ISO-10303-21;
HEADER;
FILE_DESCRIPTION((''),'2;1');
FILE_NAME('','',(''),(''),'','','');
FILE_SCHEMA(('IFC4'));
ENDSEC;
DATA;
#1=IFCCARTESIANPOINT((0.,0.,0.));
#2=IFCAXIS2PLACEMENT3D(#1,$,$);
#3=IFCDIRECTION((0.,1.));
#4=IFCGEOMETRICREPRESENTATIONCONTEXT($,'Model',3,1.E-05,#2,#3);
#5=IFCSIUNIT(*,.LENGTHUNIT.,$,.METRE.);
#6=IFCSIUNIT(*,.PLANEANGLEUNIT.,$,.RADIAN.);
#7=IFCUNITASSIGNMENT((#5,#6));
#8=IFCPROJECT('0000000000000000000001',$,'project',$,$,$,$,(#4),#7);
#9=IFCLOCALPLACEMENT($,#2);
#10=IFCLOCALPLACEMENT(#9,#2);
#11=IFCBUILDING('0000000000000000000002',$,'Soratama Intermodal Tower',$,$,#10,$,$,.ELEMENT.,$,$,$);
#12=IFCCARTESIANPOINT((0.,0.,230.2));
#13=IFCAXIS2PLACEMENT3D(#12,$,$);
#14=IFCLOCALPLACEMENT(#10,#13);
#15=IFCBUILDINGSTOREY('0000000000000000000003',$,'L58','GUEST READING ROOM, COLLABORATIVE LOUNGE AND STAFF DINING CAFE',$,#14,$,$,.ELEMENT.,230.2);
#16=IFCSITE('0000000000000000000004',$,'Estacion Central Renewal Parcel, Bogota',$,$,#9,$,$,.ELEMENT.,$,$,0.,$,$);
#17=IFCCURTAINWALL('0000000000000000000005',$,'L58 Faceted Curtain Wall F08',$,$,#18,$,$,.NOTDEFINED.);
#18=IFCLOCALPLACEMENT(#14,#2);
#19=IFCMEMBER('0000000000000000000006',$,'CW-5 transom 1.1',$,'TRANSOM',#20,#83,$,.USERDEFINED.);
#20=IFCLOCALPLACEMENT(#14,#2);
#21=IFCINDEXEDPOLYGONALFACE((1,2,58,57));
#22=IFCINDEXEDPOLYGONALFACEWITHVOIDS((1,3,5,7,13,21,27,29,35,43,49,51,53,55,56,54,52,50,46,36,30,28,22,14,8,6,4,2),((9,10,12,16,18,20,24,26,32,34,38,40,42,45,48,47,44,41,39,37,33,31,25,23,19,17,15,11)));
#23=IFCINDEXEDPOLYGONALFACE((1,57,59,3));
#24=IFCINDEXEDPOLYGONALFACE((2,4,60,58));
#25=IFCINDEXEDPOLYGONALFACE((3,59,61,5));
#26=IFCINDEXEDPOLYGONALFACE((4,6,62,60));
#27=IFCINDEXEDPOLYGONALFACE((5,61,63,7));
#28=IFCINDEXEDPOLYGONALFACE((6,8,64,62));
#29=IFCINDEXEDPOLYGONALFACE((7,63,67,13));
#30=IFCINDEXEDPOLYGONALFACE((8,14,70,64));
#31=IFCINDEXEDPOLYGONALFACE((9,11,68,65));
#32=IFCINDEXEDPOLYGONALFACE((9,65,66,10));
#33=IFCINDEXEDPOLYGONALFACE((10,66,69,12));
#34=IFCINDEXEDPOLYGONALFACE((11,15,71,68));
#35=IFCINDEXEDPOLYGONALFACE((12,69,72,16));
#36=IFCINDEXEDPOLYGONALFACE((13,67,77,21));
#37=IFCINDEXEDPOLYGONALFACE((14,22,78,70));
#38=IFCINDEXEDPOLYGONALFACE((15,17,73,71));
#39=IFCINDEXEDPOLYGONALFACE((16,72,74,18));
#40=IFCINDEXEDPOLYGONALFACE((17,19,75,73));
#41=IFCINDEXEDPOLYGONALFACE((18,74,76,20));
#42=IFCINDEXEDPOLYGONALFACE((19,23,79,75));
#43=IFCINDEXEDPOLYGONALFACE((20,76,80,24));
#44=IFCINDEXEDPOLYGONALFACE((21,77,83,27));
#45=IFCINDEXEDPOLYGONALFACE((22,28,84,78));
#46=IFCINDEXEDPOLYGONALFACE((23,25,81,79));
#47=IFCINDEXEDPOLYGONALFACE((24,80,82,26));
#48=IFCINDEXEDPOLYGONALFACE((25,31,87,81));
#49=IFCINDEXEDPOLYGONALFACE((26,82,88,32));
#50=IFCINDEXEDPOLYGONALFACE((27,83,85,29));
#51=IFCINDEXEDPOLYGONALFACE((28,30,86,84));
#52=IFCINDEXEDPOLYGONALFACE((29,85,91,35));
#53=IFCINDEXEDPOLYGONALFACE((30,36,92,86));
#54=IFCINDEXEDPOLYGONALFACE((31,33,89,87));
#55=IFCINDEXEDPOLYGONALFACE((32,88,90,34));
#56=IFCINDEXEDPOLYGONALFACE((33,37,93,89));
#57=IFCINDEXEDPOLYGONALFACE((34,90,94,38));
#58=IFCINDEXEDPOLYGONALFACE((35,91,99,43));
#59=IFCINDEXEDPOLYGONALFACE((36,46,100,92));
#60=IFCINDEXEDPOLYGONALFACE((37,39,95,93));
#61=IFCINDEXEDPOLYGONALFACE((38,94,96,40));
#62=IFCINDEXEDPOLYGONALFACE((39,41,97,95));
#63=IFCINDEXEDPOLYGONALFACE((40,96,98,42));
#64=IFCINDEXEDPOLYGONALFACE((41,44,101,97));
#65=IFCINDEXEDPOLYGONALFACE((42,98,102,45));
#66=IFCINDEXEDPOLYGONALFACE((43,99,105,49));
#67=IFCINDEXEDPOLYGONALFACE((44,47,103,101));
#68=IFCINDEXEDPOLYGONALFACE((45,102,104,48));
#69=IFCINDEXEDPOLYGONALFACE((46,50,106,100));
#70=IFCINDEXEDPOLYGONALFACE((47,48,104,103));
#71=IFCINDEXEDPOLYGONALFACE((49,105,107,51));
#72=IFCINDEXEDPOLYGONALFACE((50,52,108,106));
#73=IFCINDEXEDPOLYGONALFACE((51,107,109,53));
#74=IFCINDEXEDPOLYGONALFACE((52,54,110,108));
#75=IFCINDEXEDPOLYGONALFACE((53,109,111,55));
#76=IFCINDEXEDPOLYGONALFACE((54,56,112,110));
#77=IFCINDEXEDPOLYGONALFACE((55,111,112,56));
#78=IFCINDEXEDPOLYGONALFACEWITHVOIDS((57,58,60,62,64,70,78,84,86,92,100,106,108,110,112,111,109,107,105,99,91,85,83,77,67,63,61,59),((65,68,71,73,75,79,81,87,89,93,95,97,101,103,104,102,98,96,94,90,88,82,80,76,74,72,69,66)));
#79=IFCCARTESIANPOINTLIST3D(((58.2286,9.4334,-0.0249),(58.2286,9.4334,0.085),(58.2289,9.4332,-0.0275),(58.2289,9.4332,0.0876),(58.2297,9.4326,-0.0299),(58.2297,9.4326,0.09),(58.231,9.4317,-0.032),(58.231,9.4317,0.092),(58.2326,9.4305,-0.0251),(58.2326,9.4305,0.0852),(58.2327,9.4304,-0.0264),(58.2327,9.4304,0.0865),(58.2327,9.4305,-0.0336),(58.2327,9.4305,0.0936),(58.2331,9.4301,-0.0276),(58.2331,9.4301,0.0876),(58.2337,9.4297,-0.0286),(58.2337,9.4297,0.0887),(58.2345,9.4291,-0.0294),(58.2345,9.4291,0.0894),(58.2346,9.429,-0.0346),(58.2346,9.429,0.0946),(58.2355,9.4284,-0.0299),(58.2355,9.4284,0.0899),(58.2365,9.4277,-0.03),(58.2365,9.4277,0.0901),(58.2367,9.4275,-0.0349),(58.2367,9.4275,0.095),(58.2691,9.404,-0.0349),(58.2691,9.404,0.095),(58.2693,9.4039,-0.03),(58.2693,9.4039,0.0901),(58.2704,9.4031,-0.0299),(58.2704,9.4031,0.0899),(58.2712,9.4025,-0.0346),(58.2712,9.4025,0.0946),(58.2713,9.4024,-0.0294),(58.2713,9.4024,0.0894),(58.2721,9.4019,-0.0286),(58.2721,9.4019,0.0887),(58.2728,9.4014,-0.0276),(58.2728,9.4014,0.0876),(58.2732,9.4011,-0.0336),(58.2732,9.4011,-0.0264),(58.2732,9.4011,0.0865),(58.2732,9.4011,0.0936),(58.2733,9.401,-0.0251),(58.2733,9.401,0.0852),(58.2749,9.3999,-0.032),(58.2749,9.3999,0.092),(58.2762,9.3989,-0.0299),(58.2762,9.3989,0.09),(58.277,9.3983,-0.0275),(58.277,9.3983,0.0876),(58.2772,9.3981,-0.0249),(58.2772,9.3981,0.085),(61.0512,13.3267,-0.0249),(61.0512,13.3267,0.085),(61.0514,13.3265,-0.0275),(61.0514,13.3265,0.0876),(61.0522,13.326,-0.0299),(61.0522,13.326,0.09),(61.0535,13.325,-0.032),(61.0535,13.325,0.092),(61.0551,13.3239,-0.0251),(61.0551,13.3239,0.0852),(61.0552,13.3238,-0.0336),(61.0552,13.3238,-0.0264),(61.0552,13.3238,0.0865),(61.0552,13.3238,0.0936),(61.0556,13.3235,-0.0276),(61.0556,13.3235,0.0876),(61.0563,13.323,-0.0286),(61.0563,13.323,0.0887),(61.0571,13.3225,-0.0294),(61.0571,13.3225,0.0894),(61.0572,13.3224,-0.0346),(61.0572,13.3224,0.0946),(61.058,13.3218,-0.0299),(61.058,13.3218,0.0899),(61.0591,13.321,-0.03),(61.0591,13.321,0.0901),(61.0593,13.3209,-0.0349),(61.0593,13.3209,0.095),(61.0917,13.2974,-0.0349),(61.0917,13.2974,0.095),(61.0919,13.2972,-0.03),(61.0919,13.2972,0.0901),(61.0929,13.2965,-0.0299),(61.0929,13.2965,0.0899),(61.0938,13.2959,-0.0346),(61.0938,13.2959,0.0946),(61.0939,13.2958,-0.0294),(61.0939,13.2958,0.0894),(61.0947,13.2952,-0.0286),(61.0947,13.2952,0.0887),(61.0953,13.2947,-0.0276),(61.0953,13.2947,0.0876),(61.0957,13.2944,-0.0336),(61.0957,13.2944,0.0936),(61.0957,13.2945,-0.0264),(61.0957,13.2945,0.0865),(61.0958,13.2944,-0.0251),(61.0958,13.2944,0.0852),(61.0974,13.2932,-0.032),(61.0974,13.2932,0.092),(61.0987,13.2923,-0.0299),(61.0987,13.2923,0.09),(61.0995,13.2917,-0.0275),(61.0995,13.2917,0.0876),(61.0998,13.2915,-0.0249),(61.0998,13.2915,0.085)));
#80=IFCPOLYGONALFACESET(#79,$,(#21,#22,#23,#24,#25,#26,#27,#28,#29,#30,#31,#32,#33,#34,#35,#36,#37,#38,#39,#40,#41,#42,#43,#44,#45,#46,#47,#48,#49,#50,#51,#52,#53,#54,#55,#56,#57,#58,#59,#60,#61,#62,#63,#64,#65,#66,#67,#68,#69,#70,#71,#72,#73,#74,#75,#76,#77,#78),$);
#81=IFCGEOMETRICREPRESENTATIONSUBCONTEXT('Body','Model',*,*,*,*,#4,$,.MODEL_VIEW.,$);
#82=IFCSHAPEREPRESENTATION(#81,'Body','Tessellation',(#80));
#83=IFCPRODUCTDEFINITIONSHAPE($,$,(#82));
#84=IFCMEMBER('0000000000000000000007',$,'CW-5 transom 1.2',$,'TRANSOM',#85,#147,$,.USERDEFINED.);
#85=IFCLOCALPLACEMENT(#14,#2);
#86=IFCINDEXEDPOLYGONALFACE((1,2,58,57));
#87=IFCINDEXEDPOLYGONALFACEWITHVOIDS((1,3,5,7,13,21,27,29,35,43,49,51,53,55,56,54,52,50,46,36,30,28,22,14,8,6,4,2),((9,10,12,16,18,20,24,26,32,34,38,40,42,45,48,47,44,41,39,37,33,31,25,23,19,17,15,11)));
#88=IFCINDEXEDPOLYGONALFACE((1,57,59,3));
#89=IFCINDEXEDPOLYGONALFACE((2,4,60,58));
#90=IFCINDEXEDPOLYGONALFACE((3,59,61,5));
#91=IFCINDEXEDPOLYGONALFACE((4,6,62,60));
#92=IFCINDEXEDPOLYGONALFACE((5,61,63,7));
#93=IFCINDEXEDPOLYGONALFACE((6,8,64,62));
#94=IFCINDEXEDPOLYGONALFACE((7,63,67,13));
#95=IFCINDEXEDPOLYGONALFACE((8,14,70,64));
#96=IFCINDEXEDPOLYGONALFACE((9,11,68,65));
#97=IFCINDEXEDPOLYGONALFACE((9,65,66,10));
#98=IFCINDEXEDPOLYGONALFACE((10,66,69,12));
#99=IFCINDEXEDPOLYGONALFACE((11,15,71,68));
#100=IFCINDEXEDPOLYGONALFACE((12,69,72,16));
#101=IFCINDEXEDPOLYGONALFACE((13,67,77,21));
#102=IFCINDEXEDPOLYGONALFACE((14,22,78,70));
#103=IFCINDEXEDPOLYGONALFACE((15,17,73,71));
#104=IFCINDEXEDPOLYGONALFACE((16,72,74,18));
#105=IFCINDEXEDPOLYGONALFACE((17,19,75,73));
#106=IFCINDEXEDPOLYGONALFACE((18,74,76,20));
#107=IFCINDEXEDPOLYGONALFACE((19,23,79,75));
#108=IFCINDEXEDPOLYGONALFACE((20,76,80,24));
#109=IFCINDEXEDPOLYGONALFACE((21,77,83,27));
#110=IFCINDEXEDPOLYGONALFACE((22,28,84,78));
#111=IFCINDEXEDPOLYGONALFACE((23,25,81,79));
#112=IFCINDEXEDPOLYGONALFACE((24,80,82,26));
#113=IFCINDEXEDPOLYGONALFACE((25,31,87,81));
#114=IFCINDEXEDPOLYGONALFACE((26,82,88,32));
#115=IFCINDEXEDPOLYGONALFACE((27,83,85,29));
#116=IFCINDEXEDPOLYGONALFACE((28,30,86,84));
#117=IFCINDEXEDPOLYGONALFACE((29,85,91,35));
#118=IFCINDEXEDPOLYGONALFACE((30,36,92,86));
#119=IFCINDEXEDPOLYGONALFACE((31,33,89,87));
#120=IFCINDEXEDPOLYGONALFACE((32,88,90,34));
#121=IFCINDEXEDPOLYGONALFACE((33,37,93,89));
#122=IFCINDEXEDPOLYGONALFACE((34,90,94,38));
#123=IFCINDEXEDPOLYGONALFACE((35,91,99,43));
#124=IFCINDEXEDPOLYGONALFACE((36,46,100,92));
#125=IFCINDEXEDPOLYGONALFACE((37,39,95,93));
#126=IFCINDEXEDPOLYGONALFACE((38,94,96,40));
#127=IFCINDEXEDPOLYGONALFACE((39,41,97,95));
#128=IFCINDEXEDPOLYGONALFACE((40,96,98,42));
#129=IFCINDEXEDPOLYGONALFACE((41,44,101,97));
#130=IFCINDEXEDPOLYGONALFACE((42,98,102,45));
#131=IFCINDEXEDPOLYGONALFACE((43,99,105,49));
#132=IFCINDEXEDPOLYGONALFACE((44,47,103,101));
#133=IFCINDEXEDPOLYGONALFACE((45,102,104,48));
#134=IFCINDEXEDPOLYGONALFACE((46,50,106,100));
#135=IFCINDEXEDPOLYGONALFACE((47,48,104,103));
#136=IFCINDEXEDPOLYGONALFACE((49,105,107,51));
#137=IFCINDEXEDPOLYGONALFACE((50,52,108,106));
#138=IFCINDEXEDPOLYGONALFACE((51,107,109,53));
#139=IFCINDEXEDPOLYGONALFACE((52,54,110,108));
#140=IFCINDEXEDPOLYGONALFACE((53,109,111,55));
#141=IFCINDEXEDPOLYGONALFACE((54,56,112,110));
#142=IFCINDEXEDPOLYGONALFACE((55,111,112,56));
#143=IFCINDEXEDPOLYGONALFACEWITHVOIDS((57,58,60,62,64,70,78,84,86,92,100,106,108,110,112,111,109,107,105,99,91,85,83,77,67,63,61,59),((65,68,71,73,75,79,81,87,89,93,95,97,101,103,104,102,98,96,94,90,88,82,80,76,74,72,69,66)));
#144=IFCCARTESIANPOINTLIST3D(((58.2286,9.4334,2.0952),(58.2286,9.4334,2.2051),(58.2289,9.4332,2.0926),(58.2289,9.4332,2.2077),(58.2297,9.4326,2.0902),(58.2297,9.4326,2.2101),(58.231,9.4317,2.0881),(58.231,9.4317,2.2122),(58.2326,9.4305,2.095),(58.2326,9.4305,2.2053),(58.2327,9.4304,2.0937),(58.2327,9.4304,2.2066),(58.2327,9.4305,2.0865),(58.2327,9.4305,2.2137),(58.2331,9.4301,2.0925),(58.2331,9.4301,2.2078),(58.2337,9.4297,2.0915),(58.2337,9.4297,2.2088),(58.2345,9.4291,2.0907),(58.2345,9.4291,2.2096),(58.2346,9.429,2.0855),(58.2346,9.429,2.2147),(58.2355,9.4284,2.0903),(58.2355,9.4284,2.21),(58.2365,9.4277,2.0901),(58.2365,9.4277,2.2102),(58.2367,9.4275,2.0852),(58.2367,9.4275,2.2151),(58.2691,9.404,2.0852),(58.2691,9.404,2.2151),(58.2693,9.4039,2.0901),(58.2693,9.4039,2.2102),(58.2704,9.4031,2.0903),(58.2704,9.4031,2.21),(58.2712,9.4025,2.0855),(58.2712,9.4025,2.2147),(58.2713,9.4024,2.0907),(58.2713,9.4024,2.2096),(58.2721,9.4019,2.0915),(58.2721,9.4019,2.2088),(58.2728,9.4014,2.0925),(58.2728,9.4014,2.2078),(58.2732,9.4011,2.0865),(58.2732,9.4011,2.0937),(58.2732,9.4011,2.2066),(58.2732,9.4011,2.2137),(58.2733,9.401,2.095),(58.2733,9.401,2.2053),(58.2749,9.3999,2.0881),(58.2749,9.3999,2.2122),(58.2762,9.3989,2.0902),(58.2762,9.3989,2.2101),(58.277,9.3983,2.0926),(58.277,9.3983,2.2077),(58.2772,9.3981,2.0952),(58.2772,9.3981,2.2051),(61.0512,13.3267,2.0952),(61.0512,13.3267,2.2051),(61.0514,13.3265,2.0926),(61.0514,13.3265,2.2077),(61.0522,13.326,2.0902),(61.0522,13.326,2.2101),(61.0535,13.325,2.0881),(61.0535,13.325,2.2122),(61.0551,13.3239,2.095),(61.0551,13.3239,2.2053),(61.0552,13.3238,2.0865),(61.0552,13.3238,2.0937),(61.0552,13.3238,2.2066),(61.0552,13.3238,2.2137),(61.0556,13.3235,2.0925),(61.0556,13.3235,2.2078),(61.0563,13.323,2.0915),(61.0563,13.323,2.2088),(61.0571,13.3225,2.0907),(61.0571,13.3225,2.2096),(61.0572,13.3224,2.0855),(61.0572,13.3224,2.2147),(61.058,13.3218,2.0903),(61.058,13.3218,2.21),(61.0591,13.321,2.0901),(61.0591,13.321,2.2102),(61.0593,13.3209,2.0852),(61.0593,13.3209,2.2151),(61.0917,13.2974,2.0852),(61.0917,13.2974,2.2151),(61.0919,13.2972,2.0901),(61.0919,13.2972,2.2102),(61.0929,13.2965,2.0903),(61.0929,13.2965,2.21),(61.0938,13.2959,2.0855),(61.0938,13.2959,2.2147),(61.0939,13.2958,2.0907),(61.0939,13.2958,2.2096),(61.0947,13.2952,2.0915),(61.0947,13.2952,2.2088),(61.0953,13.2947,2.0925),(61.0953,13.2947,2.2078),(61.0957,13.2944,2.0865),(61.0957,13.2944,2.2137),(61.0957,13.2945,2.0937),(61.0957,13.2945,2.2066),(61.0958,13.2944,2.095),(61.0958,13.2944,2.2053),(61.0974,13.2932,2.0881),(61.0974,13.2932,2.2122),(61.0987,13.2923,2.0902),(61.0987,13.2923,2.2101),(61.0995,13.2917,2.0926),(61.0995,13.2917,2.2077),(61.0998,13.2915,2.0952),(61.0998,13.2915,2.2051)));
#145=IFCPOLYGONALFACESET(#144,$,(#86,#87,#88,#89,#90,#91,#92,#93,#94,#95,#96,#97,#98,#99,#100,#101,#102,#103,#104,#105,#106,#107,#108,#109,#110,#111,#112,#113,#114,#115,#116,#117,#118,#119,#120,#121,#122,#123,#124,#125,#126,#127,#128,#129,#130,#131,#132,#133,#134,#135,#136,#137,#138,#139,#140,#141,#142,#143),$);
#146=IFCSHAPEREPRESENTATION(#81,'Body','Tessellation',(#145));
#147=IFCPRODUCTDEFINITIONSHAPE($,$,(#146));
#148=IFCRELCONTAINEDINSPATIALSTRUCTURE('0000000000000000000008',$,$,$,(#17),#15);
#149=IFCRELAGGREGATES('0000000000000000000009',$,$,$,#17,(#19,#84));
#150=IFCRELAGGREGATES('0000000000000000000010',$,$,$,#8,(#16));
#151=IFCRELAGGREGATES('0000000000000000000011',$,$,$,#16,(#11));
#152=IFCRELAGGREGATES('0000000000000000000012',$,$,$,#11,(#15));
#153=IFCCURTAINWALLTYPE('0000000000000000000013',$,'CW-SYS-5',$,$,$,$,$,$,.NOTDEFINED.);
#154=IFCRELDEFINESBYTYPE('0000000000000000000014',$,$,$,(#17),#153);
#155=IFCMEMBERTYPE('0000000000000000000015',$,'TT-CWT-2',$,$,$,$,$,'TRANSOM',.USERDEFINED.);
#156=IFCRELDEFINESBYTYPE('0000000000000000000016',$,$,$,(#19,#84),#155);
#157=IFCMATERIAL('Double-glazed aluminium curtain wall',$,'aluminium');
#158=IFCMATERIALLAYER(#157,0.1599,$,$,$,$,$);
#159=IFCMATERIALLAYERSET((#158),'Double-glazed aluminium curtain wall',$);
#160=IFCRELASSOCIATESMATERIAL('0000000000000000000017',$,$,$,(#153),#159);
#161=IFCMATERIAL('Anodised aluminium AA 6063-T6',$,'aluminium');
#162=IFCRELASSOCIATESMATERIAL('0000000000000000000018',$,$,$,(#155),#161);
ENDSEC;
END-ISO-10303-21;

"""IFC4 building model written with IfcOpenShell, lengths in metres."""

from ifc_helpers import new_model, si_unit, direction, frame, origin, origin_2d, place, context, subcontext, project, spatial, hollow_rectangle, extrude, material, layer, layer_set, material_profile, profile_set, type_object, element, aggregate, save


model = new_model("IFC4")

# Units and contexts
model_context = context("Model", 3, precision=1e-05, world=origin(), true_north=direction((0.0, 1.0)))
body_context = subcontext(model_context, "Body", "Model", "MODEL_VIEW")
ifc_project = project(units=[si_unit("LENGTHUNIT", "METRE"), si_unit("PLANEANGLEUNIT", "RADIAN")], contexts=[model_context])

# Site, building, storey
site_placement = place(None, origin())
site = spatial("IfcSite", under=ifc_project, at=site_placement, Name="Estacion Central Renewal Parcel, Bogota", CompositionType="ELEMENT", RefElevation=0.0)
building_placement = place(site_placement, origin())
building = spatial("IfcBuilding", under=site, at=building_placement, Name="Soratama Intermodal Tower", CompositionType="ELEMENT")
storey_placement = place(building_placement, frame((0.0, 0.0, 230.2)))
storey = spatial("IfcBuildingStorey", under=building, at=storey_placement, Name="L58", Description="GUEST READING ROOM, COLLABORATIVE LOUNGE AND STAFF DINING CAFE", CompositionType="ELEMENT", Elevation=230.2)

# Curtain wall
ifc_material_1 = material(Name="Double-glazed aluminium curtain wall", Category="aluminium")
ifc_layer_1 = layer(ifc_material_1, 0.1599)
ifc_layer_set_1 = layer_set([ifc_layer_1], Name="Double-glazed aluminium curtain wall")
curtain_wall_type = type_object("IfcCurtainWallType", Name="CW-SYS-5", PredefinedType="NOTDEFINED", material=ifc_layer_set_1)
curtain_wall_1_placement = place(storey_placement, origin())
curtain_wall_1 = element("IfcCurtainWall", 1, at=curtain_wall_1_placement, inside=storey, type_object=curtain_wall_type, Name="L58 Faceted Curtain Wall F08", PredefinedType="NOTDEFINED")

# Members
ifc_material_2 = material(Name="Anodised aluminium AA 6063-T6", Category="aluminium")
ifc_material_profile_1 = material_profile(ifc_material_2, hollow_rectangle(XDim=0.0601, YDim=0.1299, WallThickness=0.0049, InnerFilletRadius=0.0049, OuterFilletRadius=0.01, at=origin_2d()), Name="CWT130X60X5")
ifc_profile_set_1 = profile_set([ifc_material_profile_1], Name="Anodised aluminium AA 6063-T6")
member_type_1 = type_object("IfcMemberType", Name="TT-CWT-2", ElementType="TRANSOM", PredefinedType="USERDEFINED", material=ifc_profile_set_1)
member_1_placement = place(storey_placement, frame((58.2529, 9.4158, 0.03), z_axis=(0.586948, 0.809624, 0.0), x_axis=(-0.809624, 0.586948, 0.0)))
member_1 = element("IfcMember", 2, at=member_1_placement, type_object=member_type_1, Name="CW-5 transom 1.1", ObjectType="TRANSOM", PredefinedType="USERDEFINED", context=body_context, shape_type="SweptSolid", body=[
    extrude(hollow_rectangle(XDim=0.0601, YDim=0.1299, WallThickness=0.0049, InnerFilletRadius=0.0049, OuterFilletRadius=0.01, at=origin_2d()), origin(), (0.0, 0.0, 1.0), 4.8088),
])
member_2_placement = place(storey_placement, frame((58.2529, 9.4158, 2.1501), z_axis=(0.586948, 0.809624, 0.0), x_axis=(-0.809624, 0.586948, 0.0)))
member_2 = element("IfcMember", 3, at=member_2_placement, type_object=member_type_1, Name="CW-5 transom 1.2", ObjectType="TRANSOM", PredefinedType="USERDEFINED", context=body_context, shape_type="SweptSolid", body=[
    extrude(hollow_rectangle(XDim=0.0601, YDim=0.1299, WallThickness=0.0049, InnerFilletRadius=0.0049, OuterFilletRadius=0.01, at=origin_2d()), origin(), (0.0, 0.0, 1.0), 4.8088),
])

aggregate(curtain_wall_1, [member_1, member_2])

save(model, "model.ifc")
